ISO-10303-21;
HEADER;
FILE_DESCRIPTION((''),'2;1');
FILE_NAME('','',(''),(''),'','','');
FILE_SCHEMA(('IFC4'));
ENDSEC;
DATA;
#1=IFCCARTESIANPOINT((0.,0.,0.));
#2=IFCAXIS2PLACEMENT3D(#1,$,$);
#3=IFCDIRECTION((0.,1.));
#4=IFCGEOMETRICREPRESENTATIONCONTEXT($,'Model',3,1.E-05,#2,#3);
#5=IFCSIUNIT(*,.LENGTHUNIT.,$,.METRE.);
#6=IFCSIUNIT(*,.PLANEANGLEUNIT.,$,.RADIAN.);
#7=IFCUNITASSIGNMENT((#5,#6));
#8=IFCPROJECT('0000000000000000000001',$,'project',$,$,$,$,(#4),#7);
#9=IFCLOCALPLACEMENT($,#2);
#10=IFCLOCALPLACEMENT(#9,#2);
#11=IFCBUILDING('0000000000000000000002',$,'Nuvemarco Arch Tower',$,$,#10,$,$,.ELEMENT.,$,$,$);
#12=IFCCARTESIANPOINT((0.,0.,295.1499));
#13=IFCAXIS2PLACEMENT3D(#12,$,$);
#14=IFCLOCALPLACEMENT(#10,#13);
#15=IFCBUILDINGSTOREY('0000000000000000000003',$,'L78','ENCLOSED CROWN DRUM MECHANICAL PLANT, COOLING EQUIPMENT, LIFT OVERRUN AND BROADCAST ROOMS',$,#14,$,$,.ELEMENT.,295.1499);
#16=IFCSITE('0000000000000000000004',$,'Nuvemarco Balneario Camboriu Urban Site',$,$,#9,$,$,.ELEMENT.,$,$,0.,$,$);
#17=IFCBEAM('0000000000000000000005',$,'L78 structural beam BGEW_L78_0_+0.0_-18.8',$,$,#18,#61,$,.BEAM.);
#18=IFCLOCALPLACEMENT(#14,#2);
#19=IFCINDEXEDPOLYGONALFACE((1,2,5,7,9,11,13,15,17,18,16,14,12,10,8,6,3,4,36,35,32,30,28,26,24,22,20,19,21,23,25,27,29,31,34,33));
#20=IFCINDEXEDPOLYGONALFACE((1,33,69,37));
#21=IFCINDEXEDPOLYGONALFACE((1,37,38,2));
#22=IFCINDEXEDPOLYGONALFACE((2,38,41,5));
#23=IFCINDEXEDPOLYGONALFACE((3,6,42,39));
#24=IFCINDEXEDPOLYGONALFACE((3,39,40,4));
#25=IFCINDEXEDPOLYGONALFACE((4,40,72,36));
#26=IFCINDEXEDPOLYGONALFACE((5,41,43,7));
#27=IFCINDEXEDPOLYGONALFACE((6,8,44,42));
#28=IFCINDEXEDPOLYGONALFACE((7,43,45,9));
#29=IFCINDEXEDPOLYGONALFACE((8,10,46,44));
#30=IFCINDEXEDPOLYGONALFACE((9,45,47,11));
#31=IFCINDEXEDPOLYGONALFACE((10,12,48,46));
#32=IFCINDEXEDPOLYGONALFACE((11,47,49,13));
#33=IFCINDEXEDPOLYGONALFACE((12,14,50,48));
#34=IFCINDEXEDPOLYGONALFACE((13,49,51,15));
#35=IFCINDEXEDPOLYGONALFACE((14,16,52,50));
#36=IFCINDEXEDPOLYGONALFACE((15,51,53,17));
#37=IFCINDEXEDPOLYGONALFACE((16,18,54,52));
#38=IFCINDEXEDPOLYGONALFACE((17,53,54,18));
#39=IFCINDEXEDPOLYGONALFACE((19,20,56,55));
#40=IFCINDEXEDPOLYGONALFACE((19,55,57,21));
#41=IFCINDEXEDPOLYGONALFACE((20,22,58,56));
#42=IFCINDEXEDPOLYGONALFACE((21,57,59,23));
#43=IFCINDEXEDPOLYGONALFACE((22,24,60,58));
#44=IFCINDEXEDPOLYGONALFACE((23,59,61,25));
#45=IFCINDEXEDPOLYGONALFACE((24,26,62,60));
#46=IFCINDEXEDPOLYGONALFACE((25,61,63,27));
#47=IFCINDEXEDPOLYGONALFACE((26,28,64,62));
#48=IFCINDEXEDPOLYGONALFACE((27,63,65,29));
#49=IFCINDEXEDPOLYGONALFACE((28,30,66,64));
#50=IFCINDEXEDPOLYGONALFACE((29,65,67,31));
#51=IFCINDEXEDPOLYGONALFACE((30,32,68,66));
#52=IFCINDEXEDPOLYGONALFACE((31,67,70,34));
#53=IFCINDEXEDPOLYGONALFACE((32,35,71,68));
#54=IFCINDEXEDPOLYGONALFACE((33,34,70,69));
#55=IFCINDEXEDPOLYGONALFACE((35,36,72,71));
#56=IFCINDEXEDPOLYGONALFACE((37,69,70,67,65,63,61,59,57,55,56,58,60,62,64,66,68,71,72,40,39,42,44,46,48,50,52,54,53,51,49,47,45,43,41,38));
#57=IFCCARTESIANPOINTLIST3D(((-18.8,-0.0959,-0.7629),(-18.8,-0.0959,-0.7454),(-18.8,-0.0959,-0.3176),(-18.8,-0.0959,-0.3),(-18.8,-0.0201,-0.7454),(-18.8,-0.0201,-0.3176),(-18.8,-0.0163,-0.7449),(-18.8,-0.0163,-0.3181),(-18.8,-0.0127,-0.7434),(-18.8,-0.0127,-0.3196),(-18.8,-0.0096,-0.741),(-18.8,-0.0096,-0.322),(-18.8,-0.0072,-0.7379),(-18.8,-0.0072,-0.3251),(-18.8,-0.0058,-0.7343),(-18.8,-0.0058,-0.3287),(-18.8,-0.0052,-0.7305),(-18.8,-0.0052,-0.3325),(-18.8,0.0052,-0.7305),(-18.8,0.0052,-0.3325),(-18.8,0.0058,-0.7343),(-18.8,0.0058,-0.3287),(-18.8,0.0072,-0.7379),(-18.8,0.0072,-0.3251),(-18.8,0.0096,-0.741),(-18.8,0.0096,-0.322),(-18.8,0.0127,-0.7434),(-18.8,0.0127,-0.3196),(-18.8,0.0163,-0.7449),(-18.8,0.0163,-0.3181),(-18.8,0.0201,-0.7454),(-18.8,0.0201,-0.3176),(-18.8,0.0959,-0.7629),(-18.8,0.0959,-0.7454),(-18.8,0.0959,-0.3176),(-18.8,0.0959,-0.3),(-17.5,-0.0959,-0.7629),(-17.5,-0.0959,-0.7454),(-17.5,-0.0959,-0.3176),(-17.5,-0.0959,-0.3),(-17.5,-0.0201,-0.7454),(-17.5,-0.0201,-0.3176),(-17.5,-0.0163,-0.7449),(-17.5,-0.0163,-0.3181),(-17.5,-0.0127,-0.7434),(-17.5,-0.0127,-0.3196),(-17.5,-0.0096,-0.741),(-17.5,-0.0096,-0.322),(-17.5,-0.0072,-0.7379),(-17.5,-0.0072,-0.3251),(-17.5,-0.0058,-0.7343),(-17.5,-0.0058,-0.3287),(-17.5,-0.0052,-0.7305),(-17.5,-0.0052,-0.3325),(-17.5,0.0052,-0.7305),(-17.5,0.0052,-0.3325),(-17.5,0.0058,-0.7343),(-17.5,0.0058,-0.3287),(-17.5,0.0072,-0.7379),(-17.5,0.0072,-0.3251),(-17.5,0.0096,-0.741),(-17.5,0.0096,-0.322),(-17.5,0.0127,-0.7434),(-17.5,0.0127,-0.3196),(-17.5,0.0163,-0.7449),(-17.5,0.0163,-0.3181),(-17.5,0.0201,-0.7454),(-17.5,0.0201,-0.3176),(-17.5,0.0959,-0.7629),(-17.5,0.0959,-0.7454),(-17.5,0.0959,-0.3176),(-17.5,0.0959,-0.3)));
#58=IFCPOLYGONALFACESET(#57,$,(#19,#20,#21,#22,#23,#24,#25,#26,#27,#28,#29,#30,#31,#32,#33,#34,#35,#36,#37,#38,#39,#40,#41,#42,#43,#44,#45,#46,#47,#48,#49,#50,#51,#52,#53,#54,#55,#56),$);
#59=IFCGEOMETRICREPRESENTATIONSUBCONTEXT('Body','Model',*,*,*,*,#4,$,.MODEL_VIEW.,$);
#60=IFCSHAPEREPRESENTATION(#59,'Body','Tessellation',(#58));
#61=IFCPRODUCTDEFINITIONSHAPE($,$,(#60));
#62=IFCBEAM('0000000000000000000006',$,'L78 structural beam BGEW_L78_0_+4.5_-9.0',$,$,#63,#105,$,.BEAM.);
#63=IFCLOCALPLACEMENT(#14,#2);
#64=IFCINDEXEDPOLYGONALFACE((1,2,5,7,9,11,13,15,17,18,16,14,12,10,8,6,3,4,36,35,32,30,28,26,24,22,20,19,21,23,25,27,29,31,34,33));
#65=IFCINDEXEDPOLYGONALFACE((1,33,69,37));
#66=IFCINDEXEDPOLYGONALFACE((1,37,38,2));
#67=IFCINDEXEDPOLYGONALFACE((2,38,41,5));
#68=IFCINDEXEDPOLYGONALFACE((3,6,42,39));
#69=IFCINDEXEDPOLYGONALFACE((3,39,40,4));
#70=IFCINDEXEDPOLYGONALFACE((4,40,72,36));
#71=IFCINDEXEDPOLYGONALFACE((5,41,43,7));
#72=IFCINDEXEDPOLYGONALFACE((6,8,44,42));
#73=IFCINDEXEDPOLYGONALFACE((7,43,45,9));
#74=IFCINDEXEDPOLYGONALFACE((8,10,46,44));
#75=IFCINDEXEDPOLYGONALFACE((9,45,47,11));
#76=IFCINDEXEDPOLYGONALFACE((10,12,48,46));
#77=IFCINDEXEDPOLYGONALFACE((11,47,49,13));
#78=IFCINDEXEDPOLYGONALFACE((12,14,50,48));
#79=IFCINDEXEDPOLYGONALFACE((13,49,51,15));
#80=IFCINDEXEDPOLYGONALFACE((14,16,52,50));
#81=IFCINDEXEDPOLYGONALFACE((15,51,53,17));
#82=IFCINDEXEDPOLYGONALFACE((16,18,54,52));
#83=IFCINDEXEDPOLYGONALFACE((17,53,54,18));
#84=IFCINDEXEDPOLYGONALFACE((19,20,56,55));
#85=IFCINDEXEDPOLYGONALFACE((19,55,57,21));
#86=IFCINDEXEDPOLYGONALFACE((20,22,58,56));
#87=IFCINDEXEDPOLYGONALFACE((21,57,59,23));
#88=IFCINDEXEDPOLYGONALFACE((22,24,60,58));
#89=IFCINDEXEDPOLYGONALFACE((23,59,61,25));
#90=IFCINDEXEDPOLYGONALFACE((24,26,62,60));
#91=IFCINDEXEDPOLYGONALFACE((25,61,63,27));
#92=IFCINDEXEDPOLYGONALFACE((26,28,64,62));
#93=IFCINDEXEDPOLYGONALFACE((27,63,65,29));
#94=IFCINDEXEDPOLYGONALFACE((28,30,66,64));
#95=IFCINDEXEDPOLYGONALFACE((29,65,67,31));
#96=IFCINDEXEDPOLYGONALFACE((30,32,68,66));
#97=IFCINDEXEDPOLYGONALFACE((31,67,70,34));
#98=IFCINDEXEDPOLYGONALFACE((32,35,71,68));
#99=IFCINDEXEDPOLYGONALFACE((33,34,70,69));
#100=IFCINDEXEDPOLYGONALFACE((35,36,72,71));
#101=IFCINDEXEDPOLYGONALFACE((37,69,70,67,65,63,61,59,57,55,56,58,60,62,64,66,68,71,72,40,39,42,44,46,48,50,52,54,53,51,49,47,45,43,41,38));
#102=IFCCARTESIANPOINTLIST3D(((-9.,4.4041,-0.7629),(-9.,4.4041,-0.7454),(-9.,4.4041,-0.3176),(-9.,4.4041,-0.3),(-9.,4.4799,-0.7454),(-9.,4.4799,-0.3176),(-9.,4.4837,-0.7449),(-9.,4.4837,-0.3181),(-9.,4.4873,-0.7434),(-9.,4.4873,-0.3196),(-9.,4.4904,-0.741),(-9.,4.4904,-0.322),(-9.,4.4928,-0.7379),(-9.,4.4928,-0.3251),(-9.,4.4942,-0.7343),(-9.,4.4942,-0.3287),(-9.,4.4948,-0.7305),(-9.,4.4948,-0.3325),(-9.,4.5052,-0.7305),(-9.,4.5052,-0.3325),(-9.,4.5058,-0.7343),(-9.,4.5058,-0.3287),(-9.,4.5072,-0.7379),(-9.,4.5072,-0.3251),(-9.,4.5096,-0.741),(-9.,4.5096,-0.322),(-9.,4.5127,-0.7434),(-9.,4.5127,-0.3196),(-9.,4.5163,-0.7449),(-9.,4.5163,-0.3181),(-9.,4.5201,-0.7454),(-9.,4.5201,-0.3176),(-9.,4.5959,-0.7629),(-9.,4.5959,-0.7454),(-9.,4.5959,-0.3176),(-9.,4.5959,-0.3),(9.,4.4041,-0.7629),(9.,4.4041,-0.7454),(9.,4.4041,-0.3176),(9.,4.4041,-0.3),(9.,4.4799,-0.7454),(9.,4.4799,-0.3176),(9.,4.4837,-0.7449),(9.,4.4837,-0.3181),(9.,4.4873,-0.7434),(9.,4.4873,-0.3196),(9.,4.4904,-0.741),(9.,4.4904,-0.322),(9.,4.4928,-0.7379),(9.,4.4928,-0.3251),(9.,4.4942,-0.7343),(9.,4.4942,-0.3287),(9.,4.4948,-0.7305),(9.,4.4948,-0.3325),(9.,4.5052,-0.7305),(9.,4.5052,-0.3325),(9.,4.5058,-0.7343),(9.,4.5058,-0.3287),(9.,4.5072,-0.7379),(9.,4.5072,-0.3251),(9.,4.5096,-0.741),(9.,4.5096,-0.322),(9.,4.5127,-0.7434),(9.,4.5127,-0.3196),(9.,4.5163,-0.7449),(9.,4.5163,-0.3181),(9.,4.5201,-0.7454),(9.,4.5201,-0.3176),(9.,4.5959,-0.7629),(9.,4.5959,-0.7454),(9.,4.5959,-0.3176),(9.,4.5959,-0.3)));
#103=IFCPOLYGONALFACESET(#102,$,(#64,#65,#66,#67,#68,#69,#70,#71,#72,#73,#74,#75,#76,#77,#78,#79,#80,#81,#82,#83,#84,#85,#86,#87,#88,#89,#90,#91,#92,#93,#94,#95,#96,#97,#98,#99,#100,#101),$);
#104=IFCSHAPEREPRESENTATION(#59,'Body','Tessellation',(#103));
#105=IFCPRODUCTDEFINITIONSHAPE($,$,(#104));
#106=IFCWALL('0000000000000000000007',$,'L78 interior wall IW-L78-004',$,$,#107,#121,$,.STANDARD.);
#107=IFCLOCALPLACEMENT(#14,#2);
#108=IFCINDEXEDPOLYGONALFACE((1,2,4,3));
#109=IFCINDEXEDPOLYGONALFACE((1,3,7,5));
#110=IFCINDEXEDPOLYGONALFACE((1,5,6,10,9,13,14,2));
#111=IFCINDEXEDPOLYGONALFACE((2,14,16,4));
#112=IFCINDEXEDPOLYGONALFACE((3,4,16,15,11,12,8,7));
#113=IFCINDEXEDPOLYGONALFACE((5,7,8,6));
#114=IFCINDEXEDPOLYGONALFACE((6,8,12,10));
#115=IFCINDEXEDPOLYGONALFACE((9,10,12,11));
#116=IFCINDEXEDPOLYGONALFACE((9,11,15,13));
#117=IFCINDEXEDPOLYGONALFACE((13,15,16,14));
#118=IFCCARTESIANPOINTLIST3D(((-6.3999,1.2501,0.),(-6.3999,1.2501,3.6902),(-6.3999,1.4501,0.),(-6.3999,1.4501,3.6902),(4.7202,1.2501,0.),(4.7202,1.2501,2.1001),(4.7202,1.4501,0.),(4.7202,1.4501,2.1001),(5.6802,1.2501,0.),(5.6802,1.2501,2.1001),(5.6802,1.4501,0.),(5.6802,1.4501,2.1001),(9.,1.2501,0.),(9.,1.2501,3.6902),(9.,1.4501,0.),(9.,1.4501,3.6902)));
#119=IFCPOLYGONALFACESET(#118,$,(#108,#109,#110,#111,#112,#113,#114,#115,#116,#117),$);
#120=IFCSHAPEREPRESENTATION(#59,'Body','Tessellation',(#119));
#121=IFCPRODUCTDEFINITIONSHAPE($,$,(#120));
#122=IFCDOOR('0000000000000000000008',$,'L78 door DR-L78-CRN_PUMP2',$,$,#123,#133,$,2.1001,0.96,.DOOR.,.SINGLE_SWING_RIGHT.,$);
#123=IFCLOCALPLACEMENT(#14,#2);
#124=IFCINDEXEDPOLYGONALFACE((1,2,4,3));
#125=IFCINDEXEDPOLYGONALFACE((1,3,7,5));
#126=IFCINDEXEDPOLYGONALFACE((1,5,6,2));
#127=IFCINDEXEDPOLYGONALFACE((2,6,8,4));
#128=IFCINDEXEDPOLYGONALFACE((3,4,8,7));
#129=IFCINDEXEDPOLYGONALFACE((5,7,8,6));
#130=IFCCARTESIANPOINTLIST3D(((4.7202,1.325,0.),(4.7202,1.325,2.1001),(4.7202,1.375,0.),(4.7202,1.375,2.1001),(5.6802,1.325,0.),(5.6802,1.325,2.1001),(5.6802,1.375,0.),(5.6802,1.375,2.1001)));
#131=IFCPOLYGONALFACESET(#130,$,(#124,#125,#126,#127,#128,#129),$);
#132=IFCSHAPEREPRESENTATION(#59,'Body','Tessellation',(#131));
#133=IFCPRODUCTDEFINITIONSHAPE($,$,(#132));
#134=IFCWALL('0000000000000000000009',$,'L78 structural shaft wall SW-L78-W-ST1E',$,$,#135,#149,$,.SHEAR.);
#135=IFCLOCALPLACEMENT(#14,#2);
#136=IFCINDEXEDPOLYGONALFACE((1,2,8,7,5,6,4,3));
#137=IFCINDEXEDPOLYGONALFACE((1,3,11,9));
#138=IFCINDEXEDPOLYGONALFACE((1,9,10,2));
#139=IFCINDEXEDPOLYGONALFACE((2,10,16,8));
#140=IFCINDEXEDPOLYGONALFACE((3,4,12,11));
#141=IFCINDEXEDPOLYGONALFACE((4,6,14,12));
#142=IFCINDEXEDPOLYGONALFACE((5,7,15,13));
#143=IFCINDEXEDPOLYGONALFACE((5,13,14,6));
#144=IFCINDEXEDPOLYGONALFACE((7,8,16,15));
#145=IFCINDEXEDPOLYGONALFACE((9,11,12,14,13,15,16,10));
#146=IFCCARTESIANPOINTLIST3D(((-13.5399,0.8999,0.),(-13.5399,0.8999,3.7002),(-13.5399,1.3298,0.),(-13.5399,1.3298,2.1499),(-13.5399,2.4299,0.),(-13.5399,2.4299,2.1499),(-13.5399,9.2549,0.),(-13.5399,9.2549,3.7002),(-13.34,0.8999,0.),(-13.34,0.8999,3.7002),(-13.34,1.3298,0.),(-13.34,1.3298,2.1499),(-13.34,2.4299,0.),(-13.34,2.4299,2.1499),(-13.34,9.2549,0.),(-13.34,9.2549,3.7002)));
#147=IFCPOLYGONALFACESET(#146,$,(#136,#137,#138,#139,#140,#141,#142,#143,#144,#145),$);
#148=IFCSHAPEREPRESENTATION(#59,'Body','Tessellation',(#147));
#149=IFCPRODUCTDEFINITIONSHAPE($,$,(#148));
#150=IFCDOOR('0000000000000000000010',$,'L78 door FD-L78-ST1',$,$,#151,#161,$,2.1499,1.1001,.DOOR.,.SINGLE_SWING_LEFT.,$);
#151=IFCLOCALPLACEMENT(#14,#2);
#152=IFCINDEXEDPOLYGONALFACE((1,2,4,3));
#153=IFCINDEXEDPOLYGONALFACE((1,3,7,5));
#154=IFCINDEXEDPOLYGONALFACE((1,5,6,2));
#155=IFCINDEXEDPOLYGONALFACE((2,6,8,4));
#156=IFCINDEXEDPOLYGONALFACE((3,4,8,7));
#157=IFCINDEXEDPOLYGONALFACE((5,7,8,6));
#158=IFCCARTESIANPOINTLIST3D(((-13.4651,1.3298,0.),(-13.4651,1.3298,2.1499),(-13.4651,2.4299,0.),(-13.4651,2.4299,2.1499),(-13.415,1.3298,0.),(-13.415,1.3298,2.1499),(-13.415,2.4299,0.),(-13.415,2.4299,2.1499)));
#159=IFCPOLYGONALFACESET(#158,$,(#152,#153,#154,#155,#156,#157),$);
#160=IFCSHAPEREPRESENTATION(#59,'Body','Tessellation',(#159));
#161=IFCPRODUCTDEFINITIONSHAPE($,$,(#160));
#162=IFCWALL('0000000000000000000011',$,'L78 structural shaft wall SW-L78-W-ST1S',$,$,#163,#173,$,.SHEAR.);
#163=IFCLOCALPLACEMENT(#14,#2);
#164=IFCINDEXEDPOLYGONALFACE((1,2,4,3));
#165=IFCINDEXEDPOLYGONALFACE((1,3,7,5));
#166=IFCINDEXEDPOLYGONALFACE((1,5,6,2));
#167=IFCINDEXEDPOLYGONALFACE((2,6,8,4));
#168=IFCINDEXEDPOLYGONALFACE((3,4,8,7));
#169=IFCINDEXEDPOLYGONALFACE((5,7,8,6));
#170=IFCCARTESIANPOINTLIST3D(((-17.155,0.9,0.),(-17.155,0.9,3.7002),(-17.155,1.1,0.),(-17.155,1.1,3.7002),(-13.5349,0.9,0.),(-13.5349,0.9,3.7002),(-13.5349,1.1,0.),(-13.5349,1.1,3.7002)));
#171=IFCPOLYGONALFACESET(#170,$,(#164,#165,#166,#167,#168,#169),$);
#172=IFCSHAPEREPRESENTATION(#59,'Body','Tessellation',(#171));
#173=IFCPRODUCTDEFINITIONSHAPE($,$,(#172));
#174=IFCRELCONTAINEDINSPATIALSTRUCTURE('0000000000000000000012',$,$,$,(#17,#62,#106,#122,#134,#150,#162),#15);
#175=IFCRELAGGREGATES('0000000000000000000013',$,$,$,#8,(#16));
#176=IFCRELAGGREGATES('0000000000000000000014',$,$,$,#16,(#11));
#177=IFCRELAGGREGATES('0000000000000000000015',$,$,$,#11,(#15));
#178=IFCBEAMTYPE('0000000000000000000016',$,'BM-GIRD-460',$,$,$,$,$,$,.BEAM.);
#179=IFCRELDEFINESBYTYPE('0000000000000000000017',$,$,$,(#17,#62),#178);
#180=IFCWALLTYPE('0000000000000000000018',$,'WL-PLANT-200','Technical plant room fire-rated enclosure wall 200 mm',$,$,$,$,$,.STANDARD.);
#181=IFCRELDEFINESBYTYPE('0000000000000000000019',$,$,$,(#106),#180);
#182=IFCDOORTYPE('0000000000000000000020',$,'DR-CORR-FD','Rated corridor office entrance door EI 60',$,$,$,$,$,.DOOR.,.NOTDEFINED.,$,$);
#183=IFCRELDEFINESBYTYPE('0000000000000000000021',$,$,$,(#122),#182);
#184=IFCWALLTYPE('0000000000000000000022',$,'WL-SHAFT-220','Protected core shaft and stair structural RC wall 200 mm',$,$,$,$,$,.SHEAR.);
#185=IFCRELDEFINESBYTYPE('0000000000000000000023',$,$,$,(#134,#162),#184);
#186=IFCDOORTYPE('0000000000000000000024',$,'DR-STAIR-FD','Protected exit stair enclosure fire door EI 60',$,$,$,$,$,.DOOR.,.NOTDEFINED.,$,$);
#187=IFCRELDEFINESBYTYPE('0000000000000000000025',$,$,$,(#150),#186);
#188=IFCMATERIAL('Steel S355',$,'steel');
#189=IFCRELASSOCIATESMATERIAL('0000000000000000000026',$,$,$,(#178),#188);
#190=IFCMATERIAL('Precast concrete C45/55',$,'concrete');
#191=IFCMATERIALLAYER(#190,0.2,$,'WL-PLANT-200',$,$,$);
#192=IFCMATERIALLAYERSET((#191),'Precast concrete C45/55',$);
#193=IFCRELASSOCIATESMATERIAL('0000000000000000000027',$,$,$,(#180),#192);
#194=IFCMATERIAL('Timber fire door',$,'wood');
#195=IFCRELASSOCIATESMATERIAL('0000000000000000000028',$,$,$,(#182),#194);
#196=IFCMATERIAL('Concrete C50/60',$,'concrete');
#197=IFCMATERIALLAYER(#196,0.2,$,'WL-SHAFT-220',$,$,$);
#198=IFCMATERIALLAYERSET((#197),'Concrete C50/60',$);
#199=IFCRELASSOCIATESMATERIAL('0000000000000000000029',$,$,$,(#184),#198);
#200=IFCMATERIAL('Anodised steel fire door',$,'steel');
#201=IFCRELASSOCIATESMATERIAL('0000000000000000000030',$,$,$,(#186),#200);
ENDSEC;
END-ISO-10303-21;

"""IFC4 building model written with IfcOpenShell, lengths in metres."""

from ifc_helpers import new_model, si_unit, direction, frame, frame_2d, origin, origin_2d, place, context, subcontext, project, spatial, rectangle, i_section, extrude, source, transform, mapped, material, layer, layer_set, material_profile, profile_set, type_object, type_shapes, element, fill, save


model = new_model("IFC4")

# Units and contexts
model_context = context("Model", 3, precision=1e-05, world=origin(), true_north=direction((0.0, 1.0)))
body_context = subcontext(model_context, "Body", "Model", "MODEL_VIEW")
ifc_project = project(units=[si_unit("LENGTHUNIT", "METRE"), si_unit("PLANEANGLEUNIT", "RADIAN")], contexts=[model_context])

# Site, building, storey
site_placement = place(None, origin())
site = spatial("IfcSite", under=ifc_project, at=site_placement, Name="Nuvemarco Balneario Camboriu Urban Site", CompositionType="ELEMENT", RefElevation=0.0)
building_placement = place(site_placement, origin())
building = spatial("IfcBuilding", under=site, at=building_placement, Name="Nuvemarco Arch Tower", CompositionType="ELEMENT")
storey_placement = place(building_placement, frame((0.0, 0.0, 295.1499)))
storey = spatial("IfcBuildingStorey", under=building, at=storey_placement, Name="L78", Description="ENCLOSED CROWN DRUM MECHANICAL PLANT, COOLING EQUIPMENT, LIFT OVERRUN AND BROADCAST ROOMS", CompositionType="ELEMENT", Elevation=295.1499)

# Shared definitions
ifc_material_1 = material(Name="Concrete C50/60", Category="concrete")

# Beams
ifc_material_2 = material(Name="Steel S355", Category="steel")
ifc_material_profile_1 = material_profile(ifc_material_2, i_section(OverallWidth=0.1919, OverallDepth=0.4629, WebThickness=0.0105, FlangeThickness=0.0176, FilletRadius=0.0149, at=origin_2d()), Name="W460x89")
ifc_profile_set_1 = profile_set([ifc_material_profile_1], Name="Steel S355")
beam_type = type_object("IfcBeamType", Name="BM-GIRD-460", PredefinedType="BEAM", material=ifc_profile_set_1)
beam_1_placement = place(storey_placement, frame((-18.8, 0.0, -0.5315), z_axis=(1.0, 0.0, 0.0), x_axis=(0.0, 1.0, 0.0)))
element("IfcBeam", 1, at=beam_1_placement, inside=storey, type_object=beam_type, Name="L78 structural beam BGEW_L78_0_+0.0_-18.8", PredefinedType="BEAM", context=body_context, shape_type="SweptSolid", body=[
    extrude(i_section(OverallWidth=0.1919, OverallDepth=0.4629, WebThickness=0.0105, FlangeThickness=0.0176, FilletRadius=0.0149, at=origin_2d()), origin(), (0.0, 0.0, 1.0), 1.3),
])
beam_2_placement = place(storey_placement, frame((-9.0, 4.5, -0.5315), z_axis=(1.0, 0.0, 0.0), x_axis=(0.0, 1.0, 0.0)))
element("IfcBeam", 2, at=beam_2_placement, inside=storey, type_object=beam_type, Name="L78 structural beam BGEW_L78_0_+4.5_-9.0", PredefinedType="BEAM", context=body_context, shape_type="SweptSolid", body=[
    extrude(i_section(OverallWidth=0.1919, OverallDepth=0.4629, WebThickness=0.0105, FlangeThickness=0.0176, FilletRadius=0.0149, at=origin_2d()), origin(), (0.0, 0.0, 1.0), 18.0),
])

# Walls, openings, doors
ifc_material_3 = material(Name="Precast concrete C45/55", Category="concrete")
ifc_layer_1 = layer(ifc_material_3, 0.2, Name="WL-PLANT-200")
ifc_layer_set_1 = layer_set([ifc_layer_1], Name="Precast concrete C45/55")
wall_type_1 = type_object("IfcWallType", Name="WL-PLANT-200", Description="Technical plant room fire-rated enclosure wall 200 mm", PredefinedType="STANDARD", material=ifc_layer_set_1)
wall_1_placement = place(storey_placement, frame((-6.3999, 1.3501, 0.0), z_axis=(0.0, 0.0, 1.0), x_axis=(1.0, 0.0, 0.0)))
wall_1 = element("IfcWall", 3, at=wall_1_placement, inside=storey, type_object=wall_type_1, Name="L78 interior wall IW-L78-004", PredefinedType="STANDARD", context=body_context, shape_type="SweptSolid", body=[
    extrude(rectangle(XDim=15.3999, YDim=0.2, at=frame_2d((7.7, 0.0))), origin(), (0.0, 0.0, 1.0), 3.6902),
])
opening_1_placement = place(wall_1_placement, frame((11.1201, 0.0, 0.0)))
opening_1 = element("IfcOpeningElement", 4, at=opening_1_placement, cuts=wall_1, PredefinedType="OPENING", context=body_context, shape_type="SweptSolid", body=[
    extrude(rectangle(XDim=0.96, YDim=2.1001, at=frame_2d((0.48, 1.05))), frame((0.0, 0.1099, 0.0), z_axis=(0.0, -1.0, 0.0), x_axis=(1.0, 0.0, 0.0)), (0.0, 0.0, 1.0), 0.22),
])
ifc_material_4 = material(Name="Timber fire door", Category="wood")
door_type_1 = type_object("IfcDoorType", Name="DR-CORR-FD", Description="Rated corridor office entrance door EI 60", OperationType="NOTDEFINED", PredefinedType="DOOR", material=ifc_material_4)
shared_shape_1 = source(origin(), body_context, "Body", "SweptSolid", [
    extrude(rectangle(XDim=0.96, YDim=2.1001, at=frame_2d((0.48, 1.05))), frame((0.0, 0.0249, 0.0), z_axis=(0.0, -1.0, 0.0), x_axis=(1.0, 0.0, 0.0)), (0.0, 0.0, 1.0), 0.05),
])
type_shapes(door_type_1, [shared_shape_1])
door_1_placement = place(opening_1_placement, origin())
door_1 = element("IfcDoor", 5, at=door_1_placement, inside=storey, type_object=door_type_1, Name="L78 door DR-L78-CRN_PUMP2", OperationType="SINGLE_SWING_RIGHT", OverallHeight=2.1001, OverallWidth=0.96, PredefinedType="DOOR", context=body_context, shape_type="MappedRepresentation", body=[
    mapped(shared_shape_1, transform((0.0, 0.0, 0.0), scale=1.0)),
])
fill(opening_1, door_1)
ifc_layer_2 = layer(ifc_material_1, 0.2, Name="WL-SHAFT-220")
ifc_layer_set_2 = layer_set([ifc_layer_2], Name="Concrete C50/60")
wall_type_2 = type_object("IfcWallType", Name="WL-SHAFT-220", Description="Protected core shaft and stair structural RC wall 200 mm", PredefinedType="SHEAR", material=ifc_layer_set_2)
wall_2_placement = place(storey_placement, frame((-13.4399, 0.8999, 0.0), z_axis=(0.0, 0.0, 1.0), x_axis=(0.0, 1.0, 0.0)))
wall_2 = element("IfcWall", 6, at=wall_2_placement, inside=storey, type_object=wall_type_2, Name="L78 structural shaft wall SW-L78-W-ST1E", PredefinedType="SHEAR", context=body_context, shape_type="SweptSolid", body=[
    extrude(rectangle(XDim=8.355, YDim=0.2, at=frame_2d((4.1775, 0.0))), origin(), (0.0, 0.0, 1.0), 3.7002),
])
opening_2_placement = place(wall_2_placement, frame((1.53, 0.0, 0.0), z_axis=(0.0, 0.0, 1.0), x_axis=(-1.0, 0.0, 0.0)))
opening_2 = element("IfcOpeningElement", 7, at=opening_2_placement, cuts=wall_2, PredefinedType="OPENING", context=body_context, shape_type="SweptSolid", body=[
    extrude(rectangle(XDim=1.1001, YDim=2.1499, at=frame_2d((0.55, 1.075))), frame((0.0, 0.1099, 0.0), z_axis=(0.0, -1.0, 0.0), x_axis=(1.0, 0.0, 0.0)), (0.0, 0.0, 1.0), 0.22),
])
ifc_material_5 = material(Name="Anodised steel fire door", Category="steel")
door_type_2 = type_object("IfcDoorType", Name="DR-STAIR-FD", Description="Protected exit stair enclosure fire door EI 60", OperationType="NOTDEFINED", PredefinedType="DOOR", material=ifc_material_5)
shared_shape_2 = source(origin(), body_context, "Body", "SweptSolid", [
    extrude(rectangle(XDim=1.1001, YDim=2.1499, at=frame_2d((0.55, 1.075))), frame((0.0, 0.0249, 0.0), z_axis=(0.0, -1.0, 0.0), x_axis=(1.0, 0.0, 0.0)), (0.0, 0.0, 1.0), 0.05),
])
type_shapes(door_type_2, [shared_shape_2])
door_2_placement = place(opening_2_placement, origin())
door_2 = element("IfcDoor", 8, at=door_2_placement, inside=storey, type_object=door_type_2, Name="L78 door FD-L78-ST1", OperationType="SINGLE_SWING_LEFT", OverallHeight=2.1499, OverallWidth=1.1001, PredefinedType="DOOR", context=body_context, shape_type="MappedRepresentation", body=[
    mapped(shared_shape_2, transform((0.0, 0.0, 0.0), scale=1.0)),
])
fill(opening_2, door_2)

# Wall
wall_3_placement = place(storey_placement, frame((-17.155, 1.0, 0.0), z_axis=(0.0, 0.0, 1.0), x_axis=(1.0, 0.0, 0.0)))
element("IfcWall", 9, at=wall_3_placement, inside=storey, type_object=wall_type_2, Name="L78 structural shaft wall SW-L78-W-ST1S", PredefinedType="SHEAR", context=body_context, shape_type="SweptSolid", body=[
    extrude(rectangle(XDim=3.6201, YDim=0.2, at=frame_2d((1.8101, 0.0))), origin(), (0.0, 0.0, 1.0), 3.7002),
])

save(model, "model.ifc")
